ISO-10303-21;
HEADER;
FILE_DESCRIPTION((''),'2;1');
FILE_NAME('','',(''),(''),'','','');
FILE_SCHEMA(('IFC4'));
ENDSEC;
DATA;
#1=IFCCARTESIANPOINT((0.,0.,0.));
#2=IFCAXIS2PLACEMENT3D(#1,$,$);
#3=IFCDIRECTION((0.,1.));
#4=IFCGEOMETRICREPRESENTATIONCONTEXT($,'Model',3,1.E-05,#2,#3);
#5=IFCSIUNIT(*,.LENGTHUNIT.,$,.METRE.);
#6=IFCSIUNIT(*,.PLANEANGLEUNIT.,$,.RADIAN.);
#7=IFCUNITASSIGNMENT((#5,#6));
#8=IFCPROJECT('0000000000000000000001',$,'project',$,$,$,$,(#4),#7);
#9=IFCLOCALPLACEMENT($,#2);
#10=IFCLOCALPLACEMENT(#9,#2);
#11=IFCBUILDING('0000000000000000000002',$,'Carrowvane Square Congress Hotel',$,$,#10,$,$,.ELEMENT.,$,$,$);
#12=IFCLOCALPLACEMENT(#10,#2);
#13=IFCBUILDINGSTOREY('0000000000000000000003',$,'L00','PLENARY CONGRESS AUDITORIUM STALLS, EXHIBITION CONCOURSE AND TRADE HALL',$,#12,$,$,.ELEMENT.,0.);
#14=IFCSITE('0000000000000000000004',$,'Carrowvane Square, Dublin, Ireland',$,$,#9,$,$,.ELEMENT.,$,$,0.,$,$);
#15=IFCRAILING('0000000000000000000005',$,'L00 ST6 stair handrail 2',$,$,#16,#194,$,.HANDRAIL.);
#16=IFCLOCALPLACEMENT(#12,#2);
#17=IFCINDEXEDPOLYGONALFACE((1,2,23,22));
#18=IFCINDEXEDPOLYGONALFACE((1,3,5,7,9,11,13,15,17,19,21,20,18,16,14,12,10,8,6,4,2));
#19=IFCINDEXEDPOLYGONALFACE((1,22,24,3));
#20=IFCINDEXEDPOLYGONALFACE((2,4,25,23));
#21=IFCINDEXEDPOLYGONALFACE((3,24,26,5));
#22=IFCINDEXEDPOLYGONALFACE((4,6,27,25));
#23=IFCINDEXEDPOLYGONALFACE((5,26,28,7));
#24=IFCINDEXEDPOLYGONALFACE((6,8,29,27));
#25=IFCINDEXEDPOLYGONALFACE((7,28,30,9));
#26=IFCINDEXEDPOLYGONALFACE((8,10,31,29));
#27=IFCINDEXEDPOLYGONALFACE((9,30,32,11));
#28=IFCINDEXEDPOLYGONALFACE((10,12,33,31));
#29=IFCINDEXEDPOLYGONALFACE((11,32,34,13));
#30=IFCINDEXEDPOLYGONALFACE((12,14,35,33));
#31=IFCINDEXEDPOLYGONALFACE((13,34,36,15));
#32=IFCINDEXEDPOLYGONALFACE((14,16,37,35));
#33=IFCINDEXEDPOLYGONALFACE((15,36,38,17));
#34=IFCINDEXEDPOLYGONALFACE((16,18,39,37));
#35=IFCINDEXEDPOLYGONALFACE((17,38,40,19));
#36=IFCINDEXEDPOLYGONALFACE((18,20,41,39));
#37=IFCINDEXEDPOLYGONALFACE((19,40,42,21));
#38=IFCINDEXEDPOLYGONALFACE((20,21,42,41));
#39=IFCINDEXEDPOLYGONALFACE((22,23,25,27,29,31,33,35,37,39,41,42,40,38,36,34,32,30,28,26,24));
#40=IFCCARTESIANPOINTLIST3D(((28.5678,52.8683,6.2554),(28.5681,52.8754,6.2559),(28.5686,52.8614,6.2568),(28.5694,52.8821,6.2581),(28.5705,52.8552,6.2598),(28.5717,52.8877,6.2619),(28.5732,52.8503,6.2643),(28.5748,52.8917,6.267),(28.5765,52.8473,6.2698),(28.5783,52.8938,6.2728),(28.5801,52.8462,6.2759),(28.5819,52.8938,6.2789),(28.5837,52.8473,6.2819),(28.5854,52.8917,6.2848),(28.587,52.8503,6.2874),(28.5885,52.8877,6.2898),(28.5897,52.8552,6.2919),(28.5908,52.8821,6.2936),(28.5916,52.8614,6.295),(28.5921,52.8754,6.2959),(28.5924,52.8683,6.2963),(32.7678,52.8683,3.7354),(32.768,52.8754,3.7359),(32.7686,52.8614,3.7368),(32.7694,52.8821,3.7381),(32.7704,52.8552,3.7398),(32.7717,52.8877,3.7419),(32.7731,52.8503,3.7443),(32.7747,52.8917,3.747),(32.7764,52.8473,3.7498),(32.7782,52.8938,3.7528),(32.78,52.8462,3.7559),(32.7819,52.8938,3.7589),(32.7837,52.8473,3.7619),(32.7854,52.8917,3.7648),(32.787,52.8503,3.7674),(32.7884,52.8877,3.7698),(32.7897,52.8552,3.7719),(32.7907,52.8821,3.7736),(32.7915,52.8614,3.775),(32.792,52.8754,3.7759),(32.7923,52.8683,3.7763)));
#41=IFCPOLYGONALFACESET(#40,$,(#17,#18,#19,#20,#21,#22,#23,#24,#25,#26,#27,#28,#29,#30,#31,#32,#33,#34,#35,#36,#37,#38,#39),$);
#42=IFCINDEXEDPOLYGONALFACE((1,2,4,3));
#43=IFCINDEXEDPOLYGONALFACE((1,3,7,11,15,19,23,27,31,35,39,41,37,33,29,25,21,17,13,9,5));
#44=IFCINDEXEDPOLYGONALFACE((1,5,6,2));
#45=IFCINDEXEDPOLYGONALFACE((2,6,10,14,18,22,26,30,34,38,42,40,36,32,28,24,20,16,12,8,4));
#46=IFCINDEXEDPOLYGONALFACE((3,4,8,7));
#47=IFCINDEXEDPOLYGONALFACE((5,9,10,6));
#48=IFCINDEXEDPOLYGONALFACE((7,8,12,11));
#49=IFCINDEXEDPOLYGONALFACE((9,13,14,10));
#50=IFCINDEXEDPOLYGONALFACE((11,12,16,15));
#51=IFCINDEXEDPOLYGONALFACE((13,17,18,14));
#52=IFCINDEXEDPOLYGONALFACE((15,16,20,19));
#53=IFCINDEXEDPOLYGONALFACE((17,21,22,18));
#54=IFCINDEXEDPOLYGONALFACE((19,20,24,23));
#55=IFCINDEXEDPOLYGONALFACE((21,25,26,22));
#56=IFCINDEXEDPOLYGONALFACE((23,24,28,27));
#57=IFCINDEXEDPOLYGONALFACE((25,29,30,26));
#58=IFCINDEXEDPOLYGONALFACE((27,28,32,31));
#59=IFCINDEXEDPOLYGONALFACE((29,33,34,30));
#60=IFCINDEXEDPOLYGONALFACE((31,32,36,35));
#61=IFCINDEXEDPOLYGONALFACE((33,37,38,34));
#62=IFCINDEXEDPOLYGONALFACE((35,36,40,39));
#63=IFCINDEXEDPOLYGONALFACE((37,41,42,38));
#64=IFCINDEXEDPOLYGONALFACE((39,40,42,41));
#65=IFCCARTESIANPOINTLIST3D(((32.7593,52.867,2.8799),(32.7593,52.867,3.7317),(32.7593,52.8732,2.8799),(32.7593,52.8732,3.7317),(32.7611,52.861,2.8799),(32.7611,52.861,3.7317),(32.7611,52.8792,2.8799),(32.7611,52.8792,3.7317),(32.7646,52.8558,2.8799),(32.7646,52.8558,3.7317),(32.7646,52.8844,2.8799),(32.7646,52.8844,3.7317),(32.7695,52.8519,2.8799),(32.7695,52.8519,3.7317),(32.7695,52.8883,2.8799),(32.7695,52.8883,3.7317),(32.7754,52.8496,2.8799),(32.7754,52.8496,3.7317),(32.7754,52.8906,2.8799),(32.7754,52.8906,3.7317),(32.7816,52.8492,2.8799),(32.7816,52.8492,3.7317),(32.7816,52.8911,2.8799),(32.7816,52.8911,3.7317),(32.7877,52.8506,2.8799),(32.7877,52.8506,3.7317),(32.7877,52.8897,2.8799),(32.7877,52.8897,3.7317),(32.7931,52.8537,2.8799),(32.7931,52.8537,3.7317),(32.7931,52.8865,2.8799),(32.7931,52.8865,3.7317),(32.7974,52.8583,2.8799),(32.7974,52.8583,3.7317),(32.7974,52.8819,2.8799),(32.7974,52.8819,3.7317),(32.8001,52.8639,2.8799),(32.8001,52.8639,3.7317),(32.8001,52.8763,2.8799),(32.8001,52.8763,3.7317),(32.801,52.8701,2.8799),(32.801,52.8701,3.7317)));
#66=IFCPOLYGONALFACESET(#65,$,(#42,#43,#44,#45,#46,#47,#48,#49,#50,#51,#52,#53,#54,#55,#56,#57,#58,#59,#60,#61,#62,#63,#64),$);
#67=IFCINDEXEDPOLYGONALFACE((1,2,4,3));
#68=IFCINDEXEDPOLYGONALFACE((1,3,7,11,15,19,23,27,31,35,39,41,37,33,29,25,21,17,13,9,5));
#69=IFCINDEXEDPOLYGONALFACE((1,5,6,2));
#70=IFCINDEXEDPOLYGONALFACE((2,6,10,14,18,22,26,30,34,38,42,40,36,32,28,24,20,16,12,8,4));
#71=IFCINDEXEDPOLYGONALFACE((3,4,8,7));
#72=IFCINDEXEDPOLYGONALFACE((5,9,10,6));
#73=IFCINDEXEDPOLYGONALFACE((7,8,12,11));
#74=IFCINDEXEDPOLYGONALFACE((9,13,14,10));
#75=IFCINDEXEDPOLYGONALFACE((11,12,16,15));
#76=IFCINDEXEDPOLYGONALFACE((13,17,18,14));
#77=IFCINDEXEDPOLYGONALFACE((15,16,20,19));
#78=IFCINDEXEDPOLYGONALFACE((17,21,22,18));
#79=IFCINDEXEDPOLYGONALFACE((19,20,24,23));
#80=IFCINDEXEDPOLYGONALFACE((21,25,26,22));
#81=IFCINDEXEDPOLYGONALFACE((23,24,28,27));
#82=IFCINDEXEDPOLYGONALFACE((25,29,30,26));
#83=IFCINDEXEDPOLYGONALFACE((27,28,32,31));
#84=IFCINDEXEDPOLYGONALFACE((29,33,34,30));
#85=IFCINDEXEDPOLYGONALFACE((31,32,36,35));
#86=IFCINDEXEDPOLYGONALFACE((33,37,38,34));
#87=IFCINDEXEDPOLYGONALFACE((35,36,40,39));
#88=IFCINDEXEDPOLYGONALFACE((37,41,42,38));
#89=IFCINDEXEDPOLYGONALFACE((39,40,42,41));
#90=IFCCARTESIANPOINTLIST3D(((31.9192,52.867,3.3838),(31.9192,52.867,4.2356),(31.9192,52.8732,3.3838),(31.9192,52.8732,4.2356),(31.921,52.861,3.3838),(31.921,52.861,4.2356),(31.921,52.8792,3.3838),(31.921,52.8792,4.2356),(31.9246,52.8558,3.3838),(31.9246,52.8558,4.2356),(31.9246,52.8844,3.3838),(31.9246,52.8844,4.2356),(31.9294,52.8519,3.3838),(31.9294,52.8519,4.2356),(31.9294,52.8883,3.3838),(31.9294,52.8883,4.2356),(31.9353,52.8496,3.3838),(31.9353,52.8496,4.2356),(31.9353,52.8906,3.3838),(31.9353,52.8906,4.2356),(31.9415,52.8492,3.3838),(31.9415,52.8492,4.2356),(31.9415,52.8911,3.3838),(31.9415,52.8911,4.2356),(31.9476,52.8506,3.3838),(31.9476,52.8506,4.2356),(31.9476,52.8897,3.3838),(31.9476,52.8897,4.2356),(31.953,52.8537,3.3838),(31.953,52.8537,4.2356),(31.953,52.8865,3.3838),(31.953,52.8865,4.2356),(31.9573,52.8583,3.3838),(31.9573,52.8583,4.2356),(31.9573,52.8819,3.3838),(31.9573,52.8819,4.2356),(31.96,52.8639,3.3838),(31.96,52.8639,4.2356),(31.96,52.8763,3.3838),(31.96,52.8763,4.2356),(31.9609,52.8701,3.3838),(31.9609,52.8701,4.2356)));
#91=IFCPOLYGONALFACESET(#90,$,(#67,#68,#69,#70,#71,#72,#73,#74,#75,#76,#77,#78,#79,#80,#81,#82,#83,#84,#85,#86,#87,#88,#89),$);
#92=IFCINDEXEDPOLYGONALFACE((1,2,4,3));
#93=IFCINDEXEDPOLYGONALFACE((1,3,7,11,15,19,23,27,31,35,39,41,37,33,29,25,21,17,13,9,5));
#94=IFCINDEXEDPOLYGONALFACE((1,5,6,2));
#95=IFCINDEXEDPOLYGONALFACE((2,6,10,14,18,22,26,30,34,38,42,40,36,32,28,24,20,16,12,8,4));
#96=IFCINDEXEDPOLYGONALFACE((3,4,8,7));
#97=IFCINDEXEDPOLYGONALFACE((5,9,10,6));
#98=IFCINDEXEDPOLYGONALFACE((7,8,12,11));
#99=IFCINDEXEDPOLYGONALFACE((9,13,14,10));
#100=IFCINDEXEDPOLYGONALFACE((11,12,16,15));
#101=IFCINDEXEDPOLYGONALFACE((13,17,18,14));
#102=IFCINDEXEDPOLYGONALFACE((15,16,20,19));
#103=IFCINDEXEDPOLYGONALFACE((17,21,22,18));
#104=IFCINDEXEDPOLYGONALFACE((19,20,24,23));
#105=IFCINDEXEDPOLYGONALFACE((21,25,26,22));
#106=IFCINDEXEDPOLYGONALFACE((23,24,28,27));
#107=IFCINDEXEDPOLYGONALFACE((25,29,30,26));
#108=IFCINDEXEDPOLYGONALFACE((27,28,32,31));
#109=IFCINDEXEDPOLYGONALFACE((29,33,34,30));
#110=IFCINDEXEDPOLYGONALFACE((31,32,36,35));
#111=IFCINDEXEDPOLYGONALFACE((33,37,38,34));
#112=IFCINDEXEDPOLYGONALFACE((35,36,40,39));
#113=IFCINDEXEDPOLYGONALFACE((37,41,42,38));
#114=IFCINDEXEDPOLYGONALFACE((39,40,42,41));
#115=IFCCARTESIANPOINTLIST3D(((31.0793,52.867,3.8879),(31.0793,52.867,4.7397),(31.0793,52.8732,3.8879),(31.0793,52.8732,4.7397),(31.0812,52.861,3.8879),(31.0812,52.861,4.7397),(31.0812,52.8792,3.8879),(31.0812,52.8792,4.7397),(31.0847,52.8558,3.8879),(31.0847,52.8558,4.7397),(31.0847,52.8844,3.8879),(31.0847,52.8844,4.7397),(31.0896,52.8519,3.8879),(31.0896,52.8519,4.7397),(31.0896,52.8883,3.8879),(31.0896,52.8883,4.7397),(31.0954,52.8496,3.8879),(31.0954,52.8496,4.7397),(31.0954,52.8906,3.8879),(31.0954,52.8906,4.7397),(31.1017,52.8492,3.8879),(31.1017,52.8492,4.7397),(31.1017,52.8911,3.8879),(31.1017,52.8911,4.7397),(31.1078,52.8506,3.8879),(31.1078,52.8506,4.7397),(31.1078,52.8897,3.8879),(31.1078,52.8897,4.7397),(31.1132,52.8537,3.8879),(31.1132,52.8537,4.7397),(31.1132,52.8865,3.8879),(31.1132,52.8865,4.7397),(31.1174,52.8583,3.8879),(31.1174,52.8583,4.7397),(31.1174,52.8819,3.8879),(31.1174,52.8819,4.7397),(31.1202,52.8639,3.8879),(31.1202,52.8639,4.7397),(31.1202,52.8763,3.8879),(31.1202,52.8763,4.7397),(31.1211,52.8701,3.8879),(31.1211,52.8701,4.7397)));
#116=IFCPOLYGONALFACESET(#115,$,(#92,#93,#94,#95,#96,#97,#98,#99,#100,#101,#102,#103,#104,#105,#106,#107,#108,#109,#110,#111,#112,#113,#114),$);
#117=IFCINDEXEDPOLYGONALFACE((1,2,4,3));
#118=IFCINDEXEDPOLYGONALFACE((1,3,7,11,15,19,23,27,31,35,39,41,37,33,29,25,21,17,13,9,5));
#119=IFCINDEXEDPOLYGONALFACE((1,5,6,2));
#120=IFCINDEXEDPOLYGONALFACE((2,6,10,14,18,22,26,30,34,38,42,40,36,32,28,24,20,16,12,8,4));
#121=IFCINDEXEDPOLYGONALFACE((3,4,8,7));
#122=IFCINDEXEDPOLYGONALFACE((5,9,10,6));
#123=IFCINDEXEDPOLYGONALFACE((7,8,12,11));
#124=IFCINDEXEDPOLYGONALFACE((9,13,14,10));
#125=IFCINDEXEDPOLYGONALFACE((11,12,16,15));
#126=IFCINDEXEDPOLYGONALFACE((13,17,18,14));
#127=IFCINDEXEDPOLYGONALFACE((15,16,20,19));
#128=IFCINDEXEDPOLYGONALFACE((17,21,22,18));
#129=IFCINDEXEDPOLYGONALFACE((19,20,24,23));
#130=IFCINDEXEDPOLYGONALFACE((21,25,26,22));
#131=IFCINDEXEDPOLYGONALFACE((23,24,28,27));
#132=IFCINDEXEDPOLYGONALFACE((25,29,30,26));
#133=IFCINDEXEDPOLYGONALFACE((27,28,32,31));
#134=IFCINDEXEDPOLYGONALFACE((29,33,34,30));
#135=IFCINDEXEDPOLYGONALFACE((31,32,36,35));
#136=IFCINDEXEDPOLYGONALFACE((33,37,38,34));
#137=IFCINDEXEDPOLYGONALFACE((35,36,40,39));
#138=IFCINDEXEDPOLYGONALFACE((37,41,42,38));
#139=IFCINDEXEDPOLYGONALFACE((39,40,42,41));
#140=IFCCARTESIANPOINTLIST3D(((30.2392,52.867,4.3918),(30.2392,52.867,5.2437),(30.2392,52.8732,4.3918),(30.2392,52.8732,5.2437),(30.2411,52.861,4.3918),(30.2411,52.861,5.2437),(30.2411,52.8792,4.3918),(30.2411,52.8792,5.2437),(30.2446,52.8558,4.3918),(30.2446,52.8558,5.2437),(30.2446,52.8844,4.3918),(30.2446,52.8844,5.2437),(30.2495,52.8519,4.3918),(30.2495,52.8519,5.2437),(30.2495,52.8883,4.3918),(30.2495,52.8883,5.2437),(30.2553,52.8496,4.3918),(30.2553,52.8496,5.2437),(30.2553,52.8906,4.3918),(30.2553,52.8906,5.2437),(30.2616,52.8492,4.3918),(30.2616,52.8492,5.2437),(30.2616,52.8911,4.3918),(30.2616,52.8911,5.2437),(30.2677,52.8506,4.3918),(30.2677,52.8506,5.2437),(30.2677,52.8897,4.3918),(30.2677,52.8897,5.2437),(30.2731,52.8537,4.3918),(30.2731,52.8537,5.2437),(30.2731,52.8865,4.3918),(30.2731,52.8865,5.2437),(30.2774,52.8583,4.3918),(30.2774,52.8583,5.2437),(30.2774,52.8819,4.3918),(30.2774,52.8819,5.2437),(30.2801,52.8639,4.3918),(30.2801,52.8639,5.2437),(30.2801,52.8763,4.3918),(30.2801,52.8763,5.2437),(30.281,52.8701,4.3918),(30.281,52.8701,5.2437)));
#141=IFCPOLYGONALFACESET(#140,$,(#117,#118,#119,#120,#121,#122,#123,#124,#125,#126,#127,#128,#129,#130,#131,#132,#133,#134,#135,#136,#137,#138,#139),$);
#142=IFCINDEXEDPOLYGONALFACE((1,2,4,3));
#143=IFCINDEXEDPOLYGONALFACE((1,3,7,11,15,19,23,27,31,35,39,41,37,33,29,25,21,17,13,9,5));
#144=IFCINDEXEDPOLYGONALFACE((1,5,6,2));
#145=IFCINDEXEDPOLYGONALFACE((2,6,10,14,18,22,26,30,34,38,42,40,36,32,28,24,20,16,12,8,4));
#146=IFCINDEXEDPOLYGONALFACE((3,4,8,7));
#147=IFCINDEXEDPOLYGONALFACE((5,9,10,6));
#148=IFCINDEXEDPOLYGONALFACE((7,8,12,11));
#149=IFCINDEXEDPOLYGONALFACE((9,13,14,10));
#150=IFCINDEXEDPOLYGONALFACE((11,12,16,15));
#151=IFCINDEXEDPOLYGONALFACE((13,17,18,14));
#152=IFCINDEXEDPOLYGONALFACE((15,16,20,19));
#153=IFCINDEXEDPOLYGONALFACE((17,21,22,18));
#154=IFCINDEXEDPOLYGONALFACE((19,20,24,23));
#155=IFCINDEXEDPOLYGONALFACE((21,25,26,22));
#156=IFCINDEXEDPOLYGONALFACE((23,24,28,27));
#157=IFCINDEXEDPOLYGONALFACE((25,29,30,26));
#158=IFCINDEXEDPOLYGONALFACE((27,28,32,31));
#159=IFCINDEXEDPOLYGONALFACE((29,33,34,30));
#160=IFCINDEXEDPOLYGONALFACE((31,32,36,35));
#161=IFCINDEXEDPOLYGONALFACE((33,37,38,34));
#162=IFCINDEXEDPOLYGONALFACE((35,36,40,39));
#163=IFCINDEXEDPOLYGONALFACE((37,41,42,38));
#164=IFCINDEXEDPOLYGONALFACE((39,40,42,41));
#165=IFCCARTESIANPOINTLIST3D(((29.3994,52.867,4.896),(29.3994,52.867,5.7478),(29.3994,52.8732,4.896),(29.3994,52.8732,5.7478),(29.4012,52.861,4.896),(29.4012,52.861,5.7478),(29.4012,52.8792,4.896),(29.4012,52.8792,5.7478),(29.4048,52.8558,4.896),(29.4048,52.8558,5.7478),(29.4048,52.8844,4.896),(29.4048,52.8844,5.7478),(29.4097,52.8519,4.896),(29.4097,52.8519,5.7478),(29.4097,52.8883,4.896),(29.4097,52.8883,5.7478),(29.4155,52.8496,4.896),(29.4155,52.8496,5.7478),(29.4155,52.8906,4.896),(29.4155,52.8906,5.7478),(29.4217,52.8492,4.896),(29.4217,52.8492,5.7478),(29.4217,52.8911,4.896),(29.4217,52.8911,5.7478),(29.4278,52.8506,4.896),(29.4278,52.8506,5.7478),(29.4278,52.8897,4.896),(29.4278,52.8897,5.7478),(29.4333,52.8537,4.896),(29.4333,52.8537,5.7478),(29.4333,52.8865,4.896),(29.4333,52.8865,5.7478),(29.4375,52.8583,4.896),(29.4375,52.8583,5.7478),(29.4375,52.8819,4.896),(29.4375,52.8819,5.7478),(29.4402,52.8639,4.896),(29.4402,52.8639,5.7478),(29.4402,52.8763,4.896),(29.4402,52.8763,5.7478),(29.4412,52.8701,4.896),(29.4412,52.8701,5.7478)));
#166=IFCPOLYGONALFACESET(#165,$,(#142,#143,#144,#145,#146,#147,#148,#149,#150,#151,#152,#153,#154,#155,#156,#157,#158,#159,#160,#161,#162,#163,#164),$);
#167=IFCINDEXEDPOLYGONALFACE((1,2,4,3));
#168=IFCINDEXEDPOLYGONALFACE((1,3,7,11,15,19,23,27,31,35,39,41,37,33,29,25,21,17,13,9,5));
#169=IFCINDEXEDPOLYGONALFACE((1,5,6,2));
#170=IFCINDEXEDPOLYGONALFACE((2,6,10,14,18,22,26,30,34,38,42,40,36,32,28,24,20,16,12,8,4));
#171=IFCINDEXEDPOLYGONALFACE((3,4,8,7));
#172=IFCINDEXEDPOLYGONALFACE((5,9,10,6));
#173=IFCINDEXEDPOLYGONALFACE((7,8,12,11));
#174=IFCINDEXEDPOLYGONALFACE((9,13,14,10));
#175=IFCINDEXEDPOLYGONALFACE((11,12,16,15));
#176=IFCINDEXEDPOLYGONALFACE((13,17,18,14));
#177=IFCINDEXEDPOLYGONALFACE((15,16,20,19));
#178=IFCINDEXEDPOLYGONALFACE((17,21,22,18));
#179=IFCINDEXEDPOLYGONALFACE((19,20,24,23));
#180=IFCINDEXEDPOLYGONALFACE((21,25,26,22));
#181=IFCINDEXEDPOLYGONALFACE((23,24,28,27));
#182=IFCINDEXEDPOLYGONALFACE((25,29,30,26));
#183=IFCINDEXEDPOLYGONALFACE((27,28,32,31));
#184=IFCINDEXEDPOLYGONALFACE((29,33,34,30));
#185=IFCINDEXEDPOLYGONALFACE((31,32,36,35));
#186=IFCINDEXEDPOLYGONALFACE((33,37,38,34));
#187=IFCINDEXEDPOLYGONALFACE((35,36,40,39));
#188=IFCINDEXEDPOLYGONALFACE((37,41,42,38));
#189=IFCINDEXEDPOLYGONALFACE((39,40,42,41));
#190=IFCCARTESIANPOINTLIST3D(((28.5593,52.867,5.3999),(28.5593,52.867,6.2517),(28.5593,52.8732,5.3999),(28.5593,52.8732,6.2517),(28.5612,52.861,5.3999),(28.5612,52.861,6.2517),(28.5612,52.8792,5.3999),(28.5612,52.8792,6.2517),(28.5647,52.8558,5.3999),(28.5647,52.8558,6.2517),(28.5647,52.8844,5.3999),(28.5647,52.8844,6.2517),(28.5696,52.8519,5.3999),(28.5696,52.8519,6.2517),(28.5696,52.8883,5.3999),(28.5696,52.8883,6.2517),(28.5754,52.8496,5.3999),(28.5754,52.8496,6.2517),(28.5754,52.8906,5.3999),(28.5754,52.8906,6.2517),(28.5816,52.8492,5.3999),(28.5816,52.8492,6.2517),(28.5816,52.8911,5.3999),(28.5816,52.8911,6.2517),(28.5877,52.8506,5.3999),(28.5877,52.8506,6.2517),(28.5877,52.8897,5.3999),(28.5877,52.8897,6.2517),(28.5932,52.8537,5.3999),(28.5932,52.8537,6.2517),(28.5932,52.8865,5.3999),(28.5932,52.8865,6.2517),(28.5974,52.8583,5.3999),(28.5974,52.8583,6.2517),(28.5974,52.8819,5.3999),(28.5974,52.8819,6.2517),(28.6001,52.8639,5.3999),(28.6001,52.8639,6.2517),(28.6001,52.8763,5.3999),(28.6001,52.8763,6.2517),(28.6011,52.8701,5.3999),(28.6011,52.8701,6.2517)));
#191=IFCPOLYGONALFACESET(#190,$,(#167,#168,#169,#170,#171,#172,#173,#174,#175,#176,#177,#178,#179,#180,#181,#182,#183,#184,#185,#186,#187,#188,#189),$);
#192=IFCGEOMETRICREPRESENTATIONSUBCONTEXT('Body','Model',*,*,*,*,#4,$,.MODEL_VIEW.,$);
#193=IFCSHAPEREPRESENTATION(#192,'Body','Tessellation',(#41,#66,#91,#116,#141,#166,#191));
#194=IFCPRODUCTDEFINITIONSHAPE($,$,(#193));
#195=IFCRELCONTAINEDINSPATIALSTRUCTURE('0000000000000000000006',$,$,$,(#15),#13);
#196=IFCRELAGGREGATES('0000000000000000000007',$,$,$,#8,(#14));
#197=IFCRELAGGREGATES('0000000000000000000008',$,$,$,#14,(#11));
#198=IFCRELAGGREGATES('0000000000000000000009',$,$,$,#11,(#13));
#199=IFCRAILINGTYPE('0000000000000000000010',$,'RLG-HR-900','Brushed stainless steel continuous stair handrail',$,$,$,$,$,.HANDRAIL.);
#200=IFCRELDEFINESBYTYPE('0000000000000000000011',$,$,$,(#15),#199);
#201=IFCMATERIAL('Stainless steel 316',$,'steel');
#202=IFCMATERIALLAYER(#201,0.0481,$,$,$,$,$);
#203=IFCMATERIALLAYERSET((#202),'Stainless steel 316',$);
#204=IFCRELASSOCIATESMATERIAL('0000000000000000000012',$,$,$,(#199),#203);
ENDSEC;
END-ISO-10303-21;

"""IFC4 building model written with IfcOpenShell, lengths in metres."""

from ifc_helpers import new_model, si_unit, direction, frame, origin, origin_2d, place, context, subcontext, project, spatial, circle, extrude, material, layer, layer_set, type_object, element, save


model = new_model("IFC4")

# Units and contexts
model_context = context("Model", 3, precision=1e-05, world=origin(), true_north=direction((0.0, 1.0)))
body_context = subcontext(model_context, "Body", "Model", "MODEL_VIEW")
ifc_project = project(units=[si_unit("LENGTHUNIT", "METRE"), si_unit("PLANEANGLEUNIT", "RADIAN")], contexts=[model_context])

# Site, building, storey
site_placement = place(None, origin())
site = spatial("IfcSite", under=ifc_project, at=site_placement, Name="Carrowvane Square, Dublin, Ireland", CompositionType="ELEMENT", RefElevation=0.0)
building_placement = place(site_placement, origin())
building = spatial("IfcBuilding", under=site, at=building_placement, Name="Carrowvane Square Congress Hotel", CompositionType="ELEMENT")
storey_placement = place(building_placement, origin())
storey = spatial("IfcBuildingStorey", under=building, at=storey_placement, Name="L00", Description="PLENARY CONGRESS AUDITORIUM STALLS, EXHIBITION CONCOURSE AND TRADE HALL", CompositionType="ELEMENT", Elevation=0.0)

# Railing
ifc_material_1 = material(Name="Stainless steel 316", Category="steel")
ifc_layer_1 = layer(ifc_material_1, 0.0481)
ifc_layer_set_1 = layer_set([ifc_layer_1], Name="Stainless steel 316")
railing_type_1 = type_object("IfcRailingType", Name="RLG-HR-900", Description="Brushed stainless steel continuous stair handrail", PredefinedType="HANDRAIL", material=ifc_layer_set_1)
railing_1_placement = place(storey_placement, frame((32.78, 52.8701, 2.8799)))
element("IfcRailing", 1, at=railing_1_placement, inside=storey, type_object=railing_type_1, Name="L00 ST6 stair handrail 2", PredefinedType="HANDRAIL", context=body_context, shape_type="SweptSolid", body=[
    extrude(circle(Radius=0.0239, at=origin_2d()), frame((0.0, 0.0, 0.876), z_axis=(-0.857489, 0.0, 0.514503), x_axis=(0.0, -1.0, 0.0)), (0.0, 0.0, 1.0), 4.8979),
    extrude(circle(Radius=0.021, at=origin_2d()), origin(), (0.0, 0.0, 1.0), 0.8518),
    extrude(circle(Radius=0.021, at=origin_2d()), frame((-0.8401, 0.0, 0.5039)), (0.0, 0.0, 1.0), 0.8518),
    extrude(circle(Radius=0.021, at=origin_2d()), frame((-1.6799, 0.0, 1.0081)), (0.0, 0.0, 1.0), 0.8518),
    extrude(circle(Radius=0.021, at=origin_2d()), frame((-2.52, 0.0, 1.512)), (0.0, 0.0, 1.0), 0.8518),
    extrude(circle(Radius=0.021, at=origin_2d()), frame((-3.3599, 0.0, 2.0161)), (0.0, 0.0, 1.0), 0.8518),
    extrude(circle(Radius=0.021, at=origin_2d()), frame((-4.2, 0.0, 2.52)), (0.0, 0.0, 1.0), 0.8518),
])

save(model, "model.ifc")
